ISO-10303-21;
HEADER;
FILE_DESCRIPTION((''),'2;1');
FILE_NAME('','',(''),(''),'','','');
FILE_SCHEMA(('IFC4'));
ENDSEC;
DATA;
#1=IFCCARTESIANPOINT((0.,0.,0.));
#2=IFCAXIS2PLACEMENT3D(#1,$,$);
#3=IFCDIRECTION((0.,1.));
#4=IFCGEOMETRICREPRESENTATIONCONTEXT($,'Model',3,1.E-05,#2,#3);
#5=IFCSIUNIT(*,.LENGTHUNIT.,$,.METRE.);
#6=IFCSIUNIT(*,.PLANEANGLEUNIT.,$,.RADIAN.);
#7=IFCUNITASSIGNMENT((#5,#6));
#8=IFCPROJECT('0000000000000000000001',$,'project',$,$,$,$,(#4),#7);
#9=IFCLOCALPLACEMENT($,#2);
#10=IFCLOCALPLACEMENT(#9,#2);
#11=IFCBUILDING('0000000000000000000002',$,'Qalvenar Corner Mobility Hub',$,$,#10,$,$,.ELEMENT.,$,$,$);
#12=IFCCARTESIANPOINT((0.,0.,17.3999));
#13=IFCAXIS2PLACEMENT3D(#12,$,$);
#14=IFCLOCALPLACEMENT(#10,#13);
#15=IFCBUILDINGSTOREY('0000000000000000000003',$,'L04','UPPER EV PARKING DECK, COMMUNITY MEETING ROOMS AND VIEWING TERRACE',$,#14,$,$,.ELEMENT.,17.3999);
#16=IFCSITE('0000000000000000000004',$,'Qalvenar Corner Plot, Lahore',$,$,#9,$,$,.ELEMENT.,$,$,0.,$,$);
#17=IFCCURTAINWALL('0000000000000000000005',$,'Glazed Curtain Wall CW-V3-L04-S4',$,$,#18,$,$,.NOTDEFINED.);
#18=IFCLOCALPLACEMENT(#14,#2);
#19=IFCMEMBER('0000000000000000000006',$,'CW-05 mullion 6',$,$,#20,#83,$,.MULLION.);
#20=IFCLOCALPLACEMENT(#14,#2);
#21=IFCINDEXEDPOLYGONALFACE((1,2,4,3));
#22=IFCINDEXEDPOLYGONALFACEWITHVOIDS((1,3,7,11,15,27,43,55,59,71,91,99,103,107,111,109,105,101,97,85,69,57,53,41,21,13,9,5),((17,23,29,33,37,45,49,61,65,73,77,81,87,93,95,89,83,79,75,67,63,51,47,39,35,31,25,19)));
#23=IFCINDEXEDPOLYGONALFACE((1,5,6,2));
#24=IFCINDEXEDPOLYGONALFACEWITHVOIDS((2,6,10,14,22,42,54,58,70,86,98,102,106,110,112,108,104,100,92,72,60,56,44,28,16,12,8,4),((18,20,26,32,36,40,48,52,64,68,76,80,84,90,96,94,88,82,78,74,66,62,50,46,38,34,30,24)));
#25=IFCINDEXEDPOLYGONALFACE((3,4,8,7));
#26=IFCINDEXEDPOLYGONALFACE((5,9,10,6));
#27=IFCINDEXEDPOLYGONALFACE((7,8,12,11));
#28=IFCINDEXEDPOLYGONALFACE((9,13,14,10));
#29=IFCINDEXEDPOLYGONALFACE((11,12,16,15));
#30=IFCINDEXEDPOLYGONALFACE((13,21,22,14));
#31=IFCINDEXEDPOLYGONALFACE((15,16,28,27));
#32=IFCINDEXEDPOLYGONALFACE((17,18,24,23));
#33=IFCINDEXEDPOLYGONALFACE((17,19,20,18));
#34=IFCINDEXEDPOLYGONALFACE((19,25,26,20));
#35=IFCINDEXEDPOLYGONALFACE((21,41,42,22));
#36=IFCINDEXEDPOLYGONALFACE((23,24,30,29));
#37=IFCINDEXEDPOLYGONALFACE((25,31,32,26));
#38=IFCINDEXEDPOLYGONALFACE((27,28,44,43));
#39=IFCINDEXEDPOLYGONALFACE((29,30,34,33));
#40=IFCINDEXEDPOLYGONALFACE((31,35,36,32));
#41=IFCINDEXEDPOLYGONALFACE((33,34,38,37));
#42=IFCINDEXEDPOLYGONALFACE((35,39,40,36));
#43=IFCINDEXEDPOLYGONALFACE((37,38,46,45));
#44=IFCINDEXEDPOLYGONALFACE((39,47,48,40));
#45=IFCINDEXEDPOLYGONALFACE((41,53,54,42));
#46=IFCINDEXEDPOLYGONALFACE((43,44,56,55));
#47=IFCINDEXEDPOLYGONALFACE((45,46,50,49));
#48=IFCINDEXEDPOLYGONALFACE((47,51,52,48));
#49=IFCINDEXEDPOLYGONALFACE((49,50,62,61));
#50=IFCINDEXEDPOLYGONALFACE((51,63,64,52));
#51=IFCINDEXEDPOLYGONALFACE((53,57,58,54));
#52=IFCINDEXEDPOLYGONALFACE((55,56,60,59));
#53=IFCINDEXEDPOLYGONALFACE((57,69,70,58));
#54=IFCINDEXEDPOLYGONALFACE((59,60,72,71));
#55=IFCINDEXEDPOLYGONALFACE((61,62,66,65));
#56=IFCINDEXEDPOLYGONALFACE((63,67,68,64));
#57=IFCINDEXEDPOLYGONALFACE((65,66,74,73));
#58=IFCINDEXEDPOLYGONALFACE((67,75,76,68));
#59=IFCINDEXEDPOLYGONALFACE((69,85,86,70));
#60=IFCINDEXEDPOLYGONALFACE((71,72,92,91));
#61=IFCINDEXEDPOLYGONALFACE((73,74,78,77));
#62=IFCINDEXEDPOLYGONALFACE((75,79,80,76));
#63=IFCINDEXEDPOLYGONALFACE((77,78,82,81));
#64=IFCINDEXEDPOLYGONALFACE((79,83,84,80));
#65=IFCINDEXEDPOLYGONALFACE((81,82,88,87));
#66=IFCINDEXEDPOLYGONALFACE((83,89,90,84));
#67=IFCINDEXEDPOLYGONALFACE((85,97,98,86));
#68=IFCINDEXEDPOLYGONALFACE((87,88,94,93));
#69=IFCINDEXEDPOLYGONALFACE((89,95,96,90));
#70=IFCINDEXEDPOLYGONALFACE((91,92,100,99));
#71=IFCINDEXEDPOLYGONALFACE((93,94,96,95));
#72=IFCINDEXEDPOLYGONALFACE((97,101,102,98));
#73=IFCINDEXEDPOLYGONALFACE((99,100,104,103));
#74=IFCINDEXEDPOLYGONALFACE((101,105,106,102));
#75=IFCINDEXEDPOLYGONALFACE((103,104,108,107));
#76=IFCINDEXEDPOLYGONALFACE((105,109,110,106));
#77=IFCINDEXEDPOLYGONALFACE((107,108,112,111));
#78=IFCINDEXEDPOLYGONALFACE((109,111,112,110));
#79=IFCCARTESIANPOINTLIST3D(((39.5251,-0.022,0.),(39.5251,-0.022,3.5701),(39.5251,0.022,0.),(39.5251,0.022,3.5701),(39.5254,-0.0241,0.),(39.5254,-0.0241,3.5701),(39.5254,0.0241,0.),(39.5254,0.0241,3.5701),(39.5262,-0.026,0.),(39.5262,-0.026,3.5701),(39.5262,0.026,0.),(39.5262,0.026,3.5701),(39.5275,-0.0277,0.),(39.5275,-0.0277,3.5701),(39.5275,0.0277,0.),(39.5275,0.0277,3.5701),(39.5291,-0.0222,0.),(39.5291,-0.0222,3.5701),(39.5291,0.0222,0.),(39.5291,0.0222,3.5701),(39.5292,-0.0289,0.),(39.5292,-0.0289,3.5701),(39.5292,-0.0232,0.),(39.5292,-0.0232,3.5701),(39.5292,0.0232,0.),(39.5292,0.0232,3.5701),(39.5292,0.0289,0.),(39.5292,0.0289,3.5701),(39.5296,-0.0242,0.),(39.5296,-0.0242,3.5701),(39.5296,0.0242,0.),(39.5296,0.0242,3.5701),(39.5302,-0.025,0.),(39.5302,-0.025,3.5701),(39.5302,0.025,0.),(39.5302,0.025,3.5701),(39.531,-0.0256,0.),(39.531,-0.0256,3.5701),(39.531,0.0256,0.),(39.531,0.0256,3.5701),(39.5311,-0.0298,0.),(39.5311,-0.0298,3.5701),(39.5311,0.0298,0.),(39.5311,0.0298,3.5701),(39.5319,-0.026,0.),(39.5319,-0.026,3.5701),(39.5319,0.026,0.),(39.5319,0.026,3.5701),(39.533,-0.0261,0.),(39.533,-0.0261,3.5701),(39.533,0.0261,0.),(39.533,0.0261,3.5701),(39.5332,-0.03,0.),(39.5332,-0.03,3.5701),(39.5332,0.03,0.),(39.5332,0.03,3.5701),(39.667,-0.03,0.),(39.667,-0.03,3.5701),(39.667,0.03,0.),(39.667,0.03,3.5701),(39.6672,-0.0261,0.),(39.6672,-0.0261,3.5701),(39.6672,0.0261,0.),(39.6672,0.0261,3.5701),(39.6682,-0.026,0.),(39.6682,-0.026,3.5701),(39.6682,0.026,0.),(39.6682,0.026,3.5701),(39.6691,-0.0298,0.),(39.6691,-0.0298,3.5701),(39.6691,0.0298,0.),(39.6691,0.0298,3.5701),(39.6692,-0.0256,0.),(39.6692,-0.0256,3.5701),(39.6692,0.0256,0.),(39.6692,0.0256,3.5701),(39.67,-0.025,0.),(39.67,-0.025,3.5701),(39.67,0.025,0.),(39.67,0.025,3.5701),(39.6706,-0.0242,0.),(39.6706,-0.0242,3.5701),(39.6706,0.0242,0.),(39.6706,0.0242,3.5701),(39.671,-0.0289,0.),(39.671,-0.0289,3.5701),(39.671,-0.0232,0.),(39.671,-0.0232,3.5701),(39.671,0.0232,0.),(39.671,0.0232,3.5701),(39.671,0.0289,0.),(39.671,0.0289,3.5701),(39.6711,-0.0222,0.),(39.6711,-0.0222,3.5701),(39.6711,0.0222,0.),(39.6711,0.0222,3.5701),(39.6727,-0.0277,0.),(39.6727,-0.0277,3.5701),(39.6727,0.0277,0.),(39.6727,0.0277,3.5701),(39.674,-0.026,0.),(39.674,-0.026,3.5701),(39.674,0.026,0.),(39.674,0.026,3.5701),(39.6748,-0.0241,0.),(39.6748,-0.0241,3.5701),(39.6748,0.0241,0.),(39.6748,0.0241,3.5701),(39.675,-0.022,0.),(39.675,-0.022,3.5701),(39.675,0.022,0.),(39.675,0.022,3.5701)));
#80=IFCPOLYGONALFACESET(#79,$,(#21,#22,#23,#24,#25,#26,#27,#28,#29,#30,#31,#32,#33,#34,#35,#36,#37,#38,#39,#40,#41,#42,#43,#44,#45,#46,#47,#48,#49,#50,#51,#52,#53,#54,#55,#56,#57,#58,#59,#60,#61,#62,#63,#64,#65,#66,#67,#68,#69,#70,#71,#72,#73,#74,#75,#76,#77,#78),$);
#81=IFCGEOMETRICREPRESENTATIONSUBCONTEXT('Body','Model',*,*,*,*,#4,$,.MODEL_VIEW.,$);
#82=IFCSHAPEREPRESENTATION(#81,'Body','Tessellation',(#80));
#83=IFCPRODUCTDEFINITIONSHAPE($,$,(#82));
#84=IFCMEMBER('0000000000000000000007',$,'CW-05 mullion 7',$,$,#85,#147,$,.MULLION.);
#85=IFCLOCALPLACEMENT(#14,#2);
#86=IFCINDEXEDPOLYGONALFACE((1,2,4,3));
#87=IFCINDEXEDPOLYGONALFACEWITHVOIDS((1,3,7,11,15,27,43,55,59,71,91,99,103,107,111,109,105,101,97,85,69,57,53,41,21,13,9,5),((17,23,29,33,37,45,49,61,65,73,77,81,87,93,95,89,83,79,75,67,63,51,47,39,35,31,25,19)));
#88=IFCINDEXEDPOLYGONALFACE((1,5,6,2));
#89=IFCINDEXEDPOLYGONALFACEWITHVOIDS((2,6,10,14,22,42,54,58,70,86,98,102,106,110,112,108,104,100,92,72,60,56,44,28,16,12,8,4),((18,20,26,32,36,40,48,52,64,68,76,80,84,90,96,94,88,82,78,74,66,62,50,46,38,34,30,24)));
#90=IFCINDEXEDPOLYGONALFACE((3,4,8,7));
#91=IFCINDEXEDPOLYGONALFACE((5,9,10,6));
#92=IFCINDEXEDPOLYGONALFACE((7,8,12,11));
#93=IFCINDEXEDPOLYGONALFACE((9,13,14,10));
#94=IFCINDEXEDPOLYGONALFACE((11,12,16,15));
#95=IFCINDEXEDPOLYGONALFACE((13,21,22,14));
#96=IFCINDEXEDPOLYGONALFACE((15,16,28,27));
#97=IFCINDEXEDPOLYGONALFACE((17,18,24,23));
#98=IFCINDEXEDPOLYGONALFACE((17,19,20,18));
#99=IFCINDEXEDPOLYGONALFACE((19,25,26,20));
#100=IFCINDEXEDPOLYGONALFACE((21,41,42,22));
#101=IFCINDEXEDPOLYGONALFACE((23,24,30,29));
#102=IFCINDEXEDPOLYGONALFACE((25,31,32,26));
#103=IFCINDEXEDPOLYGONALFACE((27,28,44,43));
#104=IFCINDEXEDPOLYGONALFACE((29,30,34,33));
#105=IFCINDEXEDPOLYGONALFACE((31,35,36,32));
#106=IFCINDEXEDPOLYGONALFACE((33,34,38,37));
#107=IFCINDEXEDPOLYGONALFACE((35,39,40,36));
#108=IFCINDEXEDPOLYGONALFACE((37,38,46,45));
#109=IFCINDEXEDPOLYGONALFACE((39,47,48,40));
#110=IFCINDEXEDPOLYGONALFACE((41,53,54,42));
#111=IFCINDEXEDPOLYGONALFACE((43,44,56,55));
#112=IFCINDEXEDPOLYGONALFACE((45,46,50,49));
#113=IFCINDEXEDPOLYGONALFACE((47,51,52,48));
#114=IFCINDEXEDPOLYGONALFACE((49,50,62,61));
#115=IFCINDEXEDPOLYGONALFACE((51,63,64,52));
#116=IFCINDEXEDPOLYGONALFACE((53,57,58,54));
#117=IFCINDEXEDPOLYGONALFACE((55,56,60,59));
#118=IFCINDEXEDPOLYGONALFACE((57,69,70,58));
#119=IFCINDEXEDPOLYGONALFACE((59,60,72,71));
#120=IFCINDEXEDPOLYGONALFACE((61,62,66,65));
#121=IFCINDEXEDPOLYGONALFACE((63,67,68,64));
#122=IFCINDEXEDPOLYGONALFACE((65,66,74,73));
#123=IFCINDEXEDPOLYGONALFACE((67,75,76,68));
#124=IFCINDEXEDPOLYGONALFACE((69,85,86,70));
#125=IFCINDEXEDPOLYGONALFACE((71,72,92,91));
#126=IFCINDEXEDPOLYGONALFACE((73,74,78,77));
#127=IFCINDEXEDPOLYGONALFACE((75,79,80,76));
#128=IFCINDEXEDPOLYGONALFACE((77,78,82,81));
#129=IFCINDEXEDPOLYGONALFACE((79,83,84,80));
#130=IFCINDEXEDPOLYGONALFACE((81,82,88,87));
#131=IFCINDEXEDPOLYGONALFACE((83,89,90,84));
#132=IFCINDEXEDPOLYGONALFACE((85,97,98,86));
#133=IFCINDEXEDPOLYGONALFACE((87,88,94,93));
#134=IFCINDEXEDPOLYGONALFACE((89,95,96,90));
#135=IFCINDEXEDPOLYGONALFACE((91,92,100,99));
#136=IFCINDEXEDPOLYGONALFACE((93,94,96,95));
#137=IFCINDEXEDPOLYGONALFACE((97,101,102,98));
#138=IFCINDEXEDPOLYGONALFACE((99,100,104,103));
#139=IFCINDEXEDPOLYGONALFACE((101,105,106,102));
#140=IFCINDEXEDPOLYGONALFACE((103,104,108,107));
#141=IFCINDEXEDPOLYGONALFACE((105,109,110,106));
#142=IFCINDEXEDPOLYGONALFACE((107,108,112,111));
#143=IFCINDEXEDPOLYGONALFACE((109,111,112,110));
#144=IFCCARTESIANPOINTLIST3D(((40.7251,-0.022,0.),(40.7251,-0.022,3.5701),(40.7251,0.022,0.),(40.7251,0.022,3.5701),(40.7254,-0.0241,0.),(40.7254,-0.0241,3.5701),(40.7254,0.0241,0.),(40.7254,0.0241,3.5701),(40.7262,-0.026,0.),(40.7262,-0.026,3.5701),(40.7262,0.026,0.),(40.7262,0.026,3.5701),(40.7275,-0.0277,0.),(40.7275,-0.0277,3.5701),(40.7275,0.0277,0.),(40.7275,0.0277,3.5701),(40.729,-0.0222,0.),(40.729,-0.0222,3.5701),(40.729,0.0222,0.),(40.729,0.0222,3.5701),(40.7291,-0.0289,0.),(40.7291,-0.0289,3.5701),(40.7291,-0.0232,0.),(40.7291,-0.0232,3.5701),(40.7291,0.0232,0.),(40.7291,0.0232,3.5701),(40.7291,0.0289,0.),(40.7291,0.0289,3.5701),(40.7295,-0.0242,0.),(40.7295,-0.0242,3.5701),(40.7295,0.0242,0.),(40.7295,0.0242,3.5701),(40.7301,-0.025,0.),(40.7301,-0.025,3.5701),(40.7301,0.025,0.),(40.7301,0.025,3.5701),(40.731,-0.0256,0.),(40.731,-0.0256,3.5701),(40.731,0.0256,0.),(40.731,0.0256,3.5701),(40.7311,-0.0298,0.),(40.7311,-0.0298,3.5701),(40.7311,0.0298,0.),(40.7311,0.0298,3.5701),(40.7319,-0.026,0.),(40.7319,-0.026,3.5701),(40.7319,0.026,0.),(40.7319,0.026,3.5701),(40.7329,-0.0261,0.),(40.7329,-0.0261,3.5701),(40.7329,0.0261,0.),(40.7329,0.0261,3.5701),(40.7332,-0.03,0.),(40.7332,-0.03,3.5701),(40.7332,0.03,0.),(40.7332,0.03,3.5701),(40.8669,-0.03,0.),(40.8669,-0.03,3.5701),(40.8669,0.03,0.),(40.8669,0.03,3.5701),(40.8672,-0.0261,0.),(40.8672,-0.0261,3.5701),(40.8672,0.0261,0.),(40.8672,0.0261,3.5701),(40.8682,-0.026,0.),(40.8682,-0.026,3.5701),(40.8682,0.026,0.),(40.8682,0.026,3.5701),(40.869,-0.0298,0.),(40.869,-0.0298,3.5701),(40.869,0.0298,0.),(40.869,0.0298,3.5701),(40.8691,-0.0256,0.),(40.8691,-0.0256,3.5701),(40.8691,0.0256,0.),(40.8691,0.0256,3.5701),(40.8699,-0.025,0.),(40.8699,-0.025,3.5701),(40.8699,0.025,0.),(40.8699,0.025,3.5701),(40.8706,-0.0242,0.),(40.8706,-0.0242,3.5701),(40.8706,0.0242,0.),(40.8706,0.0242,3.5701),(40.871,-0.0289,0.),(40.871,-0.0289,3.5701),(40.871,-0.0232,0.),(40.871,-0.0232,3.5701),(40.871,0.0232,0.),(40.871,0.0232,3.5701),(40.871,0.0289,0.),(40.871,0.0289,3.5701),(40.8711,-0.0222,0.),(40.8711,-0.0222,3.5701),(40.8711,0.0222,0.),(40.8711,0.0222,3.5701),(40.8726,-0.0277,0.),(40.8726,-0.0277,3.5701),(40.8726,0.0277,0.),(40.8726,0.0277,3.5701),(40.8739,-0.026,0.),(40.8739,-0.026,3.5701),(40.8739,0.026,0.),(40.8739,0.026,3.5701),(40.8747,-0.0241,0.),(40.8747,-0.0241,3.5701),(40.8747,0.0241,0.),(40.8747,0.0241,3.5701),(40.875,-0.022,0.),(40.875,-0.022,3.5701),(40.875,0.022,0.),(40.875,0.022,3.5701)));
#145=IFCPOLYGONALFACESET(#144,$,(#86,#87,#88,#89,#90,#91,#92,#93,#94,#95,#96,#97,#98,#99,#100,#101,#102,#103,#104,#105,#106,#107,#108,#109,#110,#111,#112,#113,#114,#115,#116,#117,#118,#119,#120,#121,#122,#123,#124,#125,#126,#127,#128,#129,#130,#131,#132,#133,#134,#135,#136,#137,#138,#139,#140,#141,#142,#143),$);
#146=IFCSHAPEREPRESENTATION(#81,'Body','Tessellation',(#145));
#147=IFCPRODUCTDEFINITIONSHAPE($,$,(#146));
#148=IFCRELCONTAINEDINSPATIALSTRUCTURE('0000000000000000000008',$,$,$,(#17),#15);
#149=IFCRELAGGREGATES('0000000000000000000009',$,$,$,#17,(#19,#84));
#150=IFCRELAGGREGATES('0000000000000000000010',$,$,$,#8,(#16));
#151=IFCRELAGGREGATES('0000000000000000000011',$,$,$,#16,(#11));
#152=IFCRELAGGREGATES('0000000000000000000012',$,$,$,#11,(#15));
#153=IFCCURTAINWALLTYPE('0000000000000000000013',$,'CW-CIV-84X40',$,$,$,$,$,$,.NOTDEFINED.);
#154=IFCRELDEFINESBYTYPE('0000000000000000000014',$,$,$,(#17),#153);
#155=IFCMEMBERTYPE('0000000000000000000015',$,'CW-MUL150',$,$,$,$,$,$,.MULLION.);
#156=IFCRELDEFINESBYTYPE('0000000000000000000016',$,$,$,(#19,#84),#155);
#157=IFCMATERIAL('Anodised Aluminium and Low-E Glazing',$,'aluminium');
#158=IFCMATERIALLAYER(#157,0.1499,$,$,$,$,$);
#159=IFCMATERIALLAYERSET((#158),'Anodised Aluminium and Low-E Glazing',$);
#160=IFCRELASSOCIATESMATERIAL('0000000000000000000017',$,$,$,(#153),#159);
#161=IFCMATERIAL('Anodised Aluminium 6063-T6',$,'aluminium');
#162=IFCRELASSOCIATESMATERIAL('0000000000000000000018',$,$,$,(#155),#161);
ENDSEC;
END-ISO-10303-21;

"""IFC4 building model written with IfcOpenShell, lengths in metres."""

from ifc_helpers import new_model, si_unit, direction, frame, origin, origin_2d, place, context, subcontext, project, spatial, hollow_rectangle, extrude, material, layer, layer_set, material_profile, profile_set, type_object, element, aggregate, save


model = new_model("IFC4")

# Units and contexts
model_context = context("Model", 3, precision=1e-05, world=origin(), true_north=direction((0.0, 1.0)))
body_context = subcontext(model_context, "Body", "Model", "MODEL_VIEW")
ifc_project = project(units=[si_unit("LENGTHUNIT", "METRE"), si_unit("PLANEANGLEUNIT", "RADIAN")], contexts=[model_context])

# Site, building, storey
site_placement = place(None, origin())
site = spatial("IfcSite", under=ifc_project, at=site_placement, Name="Qalvenar Corner Plot, Lahore", CompositionType="ELEMENT", RefElevation=0.0)
building_placement = place(site_placement, origin())
building = spatial("IfcBuilding", under=site, at=building_placement, Name="Qalvenar Corner Mobility Hub", CompositionType="ELEMENT")
storey_placement = place(building_placement, frame((0.0, 0.0, 17.3999)))
storey = spatial("IfcBuildingStorey", under=building, at=storey_placement, Name="L04", Description="UPPER EV PARKING DECK, COMMUNITY MEETING ROOMS AND VIEWING TERRACE", CompositionType="ELEMENT", Elevation=17.3999)

# Curtain wall, members
ifc_material_1 = material(Name="Anodised Aluminium and Low-E Glazing", Category="aluminium")
ifc_layer_1 = layer(ifc_material_1, 0.1499)
ifc_layer_set_1 = layer_set([ifc_layer_1], Name="Anodised Aluminium and Low-E Glazing")
curtain_wall_type = type_object("IfcCurtainWallType", Name="CW-CIV-84X40", PredefinedType="NOTDEFINED", material=ifc_layer_set_1)
curtain_wall_placement = place(storey_placement, origin())
curtain_wall = element("IfcCurtainWall", 1, at=curtain_wall_placement, inside=storey, type_object=curtain_wall_type, Name="Glazed Curtain Wall CW-V3-L04-S4", PredefinedType="NOTDEFINED")
ifc_material_2 = material(Name="Anodised Aluminium 6063-T6", Category="aluminium")
ifc_material_profile_1 = material_profile(ifc_material_2, hollow_rectangle(XDim=0.0601, YDim=0.1499, WallThickness=0.0039, InnerFilletRadius=0.0039, OuterFilletRadius=0.0081, at=origin_2d()), Name="RHS150x60x4")
ifc_profile_set_1 = profile_set([ifc_material_profile_1], Name="Anodised Aluminium 6063-T6")
member_type_1 = type_object("IfcMemberType", Name="CW-MUL150", PredefinedType="MULLION", material=ifc_profile_set_1)
member_1_placement = place(storey_placement, frame((39.6001, 0.0, 0.0), z_axis=(0.0, 0.0, 1.0), x_axis=(0.0, 1.0, 0.0)))
member_1 = element("IfcMember", 2, at=member_1_placement, type_object=member_type_1, Name="CW-05 mullion 6", PredefinedType="MULLION", context=body_context, shape_type="SweptSolid", body=[
    extrude(hollow_rectangle(XDim=0.0601, YDim=0.1499, WallThickness=0.0039, InnerFilletRadius=0.0039, OuterFilletRadius=0.0081, at=origin_2d()), origin(), (0.0, 0.0, 1.0), 3.5701),
])
member_2_placement = place(storey_placement, frame((40.8, 0.0, 0.0), z_axis=(0.0, 0.0, 1.0), x_axis=(0.0, 1.0, 0.0)))
member_2 = element("IfcMember", 3, at=member_2_placement, type_object=member_type_1, Name="CW-05 mullion 7", PredefinedType="MULLION", context=body_context, shape_type="SweptSolid", body=[
    extrude(hollow_rectangle(XDim=0.0601, YDim=0.1499, WallThickness=0.0039, InnerFilletRadius=0.0039, OuterFilletRadius=0.0081, at=origin_2d()), origin(), (0.0, 0.0, 1.0), 3.5701),
])
aggregate(curtain_wall, [member_1, member_2])

save(model, "model.ifc")
